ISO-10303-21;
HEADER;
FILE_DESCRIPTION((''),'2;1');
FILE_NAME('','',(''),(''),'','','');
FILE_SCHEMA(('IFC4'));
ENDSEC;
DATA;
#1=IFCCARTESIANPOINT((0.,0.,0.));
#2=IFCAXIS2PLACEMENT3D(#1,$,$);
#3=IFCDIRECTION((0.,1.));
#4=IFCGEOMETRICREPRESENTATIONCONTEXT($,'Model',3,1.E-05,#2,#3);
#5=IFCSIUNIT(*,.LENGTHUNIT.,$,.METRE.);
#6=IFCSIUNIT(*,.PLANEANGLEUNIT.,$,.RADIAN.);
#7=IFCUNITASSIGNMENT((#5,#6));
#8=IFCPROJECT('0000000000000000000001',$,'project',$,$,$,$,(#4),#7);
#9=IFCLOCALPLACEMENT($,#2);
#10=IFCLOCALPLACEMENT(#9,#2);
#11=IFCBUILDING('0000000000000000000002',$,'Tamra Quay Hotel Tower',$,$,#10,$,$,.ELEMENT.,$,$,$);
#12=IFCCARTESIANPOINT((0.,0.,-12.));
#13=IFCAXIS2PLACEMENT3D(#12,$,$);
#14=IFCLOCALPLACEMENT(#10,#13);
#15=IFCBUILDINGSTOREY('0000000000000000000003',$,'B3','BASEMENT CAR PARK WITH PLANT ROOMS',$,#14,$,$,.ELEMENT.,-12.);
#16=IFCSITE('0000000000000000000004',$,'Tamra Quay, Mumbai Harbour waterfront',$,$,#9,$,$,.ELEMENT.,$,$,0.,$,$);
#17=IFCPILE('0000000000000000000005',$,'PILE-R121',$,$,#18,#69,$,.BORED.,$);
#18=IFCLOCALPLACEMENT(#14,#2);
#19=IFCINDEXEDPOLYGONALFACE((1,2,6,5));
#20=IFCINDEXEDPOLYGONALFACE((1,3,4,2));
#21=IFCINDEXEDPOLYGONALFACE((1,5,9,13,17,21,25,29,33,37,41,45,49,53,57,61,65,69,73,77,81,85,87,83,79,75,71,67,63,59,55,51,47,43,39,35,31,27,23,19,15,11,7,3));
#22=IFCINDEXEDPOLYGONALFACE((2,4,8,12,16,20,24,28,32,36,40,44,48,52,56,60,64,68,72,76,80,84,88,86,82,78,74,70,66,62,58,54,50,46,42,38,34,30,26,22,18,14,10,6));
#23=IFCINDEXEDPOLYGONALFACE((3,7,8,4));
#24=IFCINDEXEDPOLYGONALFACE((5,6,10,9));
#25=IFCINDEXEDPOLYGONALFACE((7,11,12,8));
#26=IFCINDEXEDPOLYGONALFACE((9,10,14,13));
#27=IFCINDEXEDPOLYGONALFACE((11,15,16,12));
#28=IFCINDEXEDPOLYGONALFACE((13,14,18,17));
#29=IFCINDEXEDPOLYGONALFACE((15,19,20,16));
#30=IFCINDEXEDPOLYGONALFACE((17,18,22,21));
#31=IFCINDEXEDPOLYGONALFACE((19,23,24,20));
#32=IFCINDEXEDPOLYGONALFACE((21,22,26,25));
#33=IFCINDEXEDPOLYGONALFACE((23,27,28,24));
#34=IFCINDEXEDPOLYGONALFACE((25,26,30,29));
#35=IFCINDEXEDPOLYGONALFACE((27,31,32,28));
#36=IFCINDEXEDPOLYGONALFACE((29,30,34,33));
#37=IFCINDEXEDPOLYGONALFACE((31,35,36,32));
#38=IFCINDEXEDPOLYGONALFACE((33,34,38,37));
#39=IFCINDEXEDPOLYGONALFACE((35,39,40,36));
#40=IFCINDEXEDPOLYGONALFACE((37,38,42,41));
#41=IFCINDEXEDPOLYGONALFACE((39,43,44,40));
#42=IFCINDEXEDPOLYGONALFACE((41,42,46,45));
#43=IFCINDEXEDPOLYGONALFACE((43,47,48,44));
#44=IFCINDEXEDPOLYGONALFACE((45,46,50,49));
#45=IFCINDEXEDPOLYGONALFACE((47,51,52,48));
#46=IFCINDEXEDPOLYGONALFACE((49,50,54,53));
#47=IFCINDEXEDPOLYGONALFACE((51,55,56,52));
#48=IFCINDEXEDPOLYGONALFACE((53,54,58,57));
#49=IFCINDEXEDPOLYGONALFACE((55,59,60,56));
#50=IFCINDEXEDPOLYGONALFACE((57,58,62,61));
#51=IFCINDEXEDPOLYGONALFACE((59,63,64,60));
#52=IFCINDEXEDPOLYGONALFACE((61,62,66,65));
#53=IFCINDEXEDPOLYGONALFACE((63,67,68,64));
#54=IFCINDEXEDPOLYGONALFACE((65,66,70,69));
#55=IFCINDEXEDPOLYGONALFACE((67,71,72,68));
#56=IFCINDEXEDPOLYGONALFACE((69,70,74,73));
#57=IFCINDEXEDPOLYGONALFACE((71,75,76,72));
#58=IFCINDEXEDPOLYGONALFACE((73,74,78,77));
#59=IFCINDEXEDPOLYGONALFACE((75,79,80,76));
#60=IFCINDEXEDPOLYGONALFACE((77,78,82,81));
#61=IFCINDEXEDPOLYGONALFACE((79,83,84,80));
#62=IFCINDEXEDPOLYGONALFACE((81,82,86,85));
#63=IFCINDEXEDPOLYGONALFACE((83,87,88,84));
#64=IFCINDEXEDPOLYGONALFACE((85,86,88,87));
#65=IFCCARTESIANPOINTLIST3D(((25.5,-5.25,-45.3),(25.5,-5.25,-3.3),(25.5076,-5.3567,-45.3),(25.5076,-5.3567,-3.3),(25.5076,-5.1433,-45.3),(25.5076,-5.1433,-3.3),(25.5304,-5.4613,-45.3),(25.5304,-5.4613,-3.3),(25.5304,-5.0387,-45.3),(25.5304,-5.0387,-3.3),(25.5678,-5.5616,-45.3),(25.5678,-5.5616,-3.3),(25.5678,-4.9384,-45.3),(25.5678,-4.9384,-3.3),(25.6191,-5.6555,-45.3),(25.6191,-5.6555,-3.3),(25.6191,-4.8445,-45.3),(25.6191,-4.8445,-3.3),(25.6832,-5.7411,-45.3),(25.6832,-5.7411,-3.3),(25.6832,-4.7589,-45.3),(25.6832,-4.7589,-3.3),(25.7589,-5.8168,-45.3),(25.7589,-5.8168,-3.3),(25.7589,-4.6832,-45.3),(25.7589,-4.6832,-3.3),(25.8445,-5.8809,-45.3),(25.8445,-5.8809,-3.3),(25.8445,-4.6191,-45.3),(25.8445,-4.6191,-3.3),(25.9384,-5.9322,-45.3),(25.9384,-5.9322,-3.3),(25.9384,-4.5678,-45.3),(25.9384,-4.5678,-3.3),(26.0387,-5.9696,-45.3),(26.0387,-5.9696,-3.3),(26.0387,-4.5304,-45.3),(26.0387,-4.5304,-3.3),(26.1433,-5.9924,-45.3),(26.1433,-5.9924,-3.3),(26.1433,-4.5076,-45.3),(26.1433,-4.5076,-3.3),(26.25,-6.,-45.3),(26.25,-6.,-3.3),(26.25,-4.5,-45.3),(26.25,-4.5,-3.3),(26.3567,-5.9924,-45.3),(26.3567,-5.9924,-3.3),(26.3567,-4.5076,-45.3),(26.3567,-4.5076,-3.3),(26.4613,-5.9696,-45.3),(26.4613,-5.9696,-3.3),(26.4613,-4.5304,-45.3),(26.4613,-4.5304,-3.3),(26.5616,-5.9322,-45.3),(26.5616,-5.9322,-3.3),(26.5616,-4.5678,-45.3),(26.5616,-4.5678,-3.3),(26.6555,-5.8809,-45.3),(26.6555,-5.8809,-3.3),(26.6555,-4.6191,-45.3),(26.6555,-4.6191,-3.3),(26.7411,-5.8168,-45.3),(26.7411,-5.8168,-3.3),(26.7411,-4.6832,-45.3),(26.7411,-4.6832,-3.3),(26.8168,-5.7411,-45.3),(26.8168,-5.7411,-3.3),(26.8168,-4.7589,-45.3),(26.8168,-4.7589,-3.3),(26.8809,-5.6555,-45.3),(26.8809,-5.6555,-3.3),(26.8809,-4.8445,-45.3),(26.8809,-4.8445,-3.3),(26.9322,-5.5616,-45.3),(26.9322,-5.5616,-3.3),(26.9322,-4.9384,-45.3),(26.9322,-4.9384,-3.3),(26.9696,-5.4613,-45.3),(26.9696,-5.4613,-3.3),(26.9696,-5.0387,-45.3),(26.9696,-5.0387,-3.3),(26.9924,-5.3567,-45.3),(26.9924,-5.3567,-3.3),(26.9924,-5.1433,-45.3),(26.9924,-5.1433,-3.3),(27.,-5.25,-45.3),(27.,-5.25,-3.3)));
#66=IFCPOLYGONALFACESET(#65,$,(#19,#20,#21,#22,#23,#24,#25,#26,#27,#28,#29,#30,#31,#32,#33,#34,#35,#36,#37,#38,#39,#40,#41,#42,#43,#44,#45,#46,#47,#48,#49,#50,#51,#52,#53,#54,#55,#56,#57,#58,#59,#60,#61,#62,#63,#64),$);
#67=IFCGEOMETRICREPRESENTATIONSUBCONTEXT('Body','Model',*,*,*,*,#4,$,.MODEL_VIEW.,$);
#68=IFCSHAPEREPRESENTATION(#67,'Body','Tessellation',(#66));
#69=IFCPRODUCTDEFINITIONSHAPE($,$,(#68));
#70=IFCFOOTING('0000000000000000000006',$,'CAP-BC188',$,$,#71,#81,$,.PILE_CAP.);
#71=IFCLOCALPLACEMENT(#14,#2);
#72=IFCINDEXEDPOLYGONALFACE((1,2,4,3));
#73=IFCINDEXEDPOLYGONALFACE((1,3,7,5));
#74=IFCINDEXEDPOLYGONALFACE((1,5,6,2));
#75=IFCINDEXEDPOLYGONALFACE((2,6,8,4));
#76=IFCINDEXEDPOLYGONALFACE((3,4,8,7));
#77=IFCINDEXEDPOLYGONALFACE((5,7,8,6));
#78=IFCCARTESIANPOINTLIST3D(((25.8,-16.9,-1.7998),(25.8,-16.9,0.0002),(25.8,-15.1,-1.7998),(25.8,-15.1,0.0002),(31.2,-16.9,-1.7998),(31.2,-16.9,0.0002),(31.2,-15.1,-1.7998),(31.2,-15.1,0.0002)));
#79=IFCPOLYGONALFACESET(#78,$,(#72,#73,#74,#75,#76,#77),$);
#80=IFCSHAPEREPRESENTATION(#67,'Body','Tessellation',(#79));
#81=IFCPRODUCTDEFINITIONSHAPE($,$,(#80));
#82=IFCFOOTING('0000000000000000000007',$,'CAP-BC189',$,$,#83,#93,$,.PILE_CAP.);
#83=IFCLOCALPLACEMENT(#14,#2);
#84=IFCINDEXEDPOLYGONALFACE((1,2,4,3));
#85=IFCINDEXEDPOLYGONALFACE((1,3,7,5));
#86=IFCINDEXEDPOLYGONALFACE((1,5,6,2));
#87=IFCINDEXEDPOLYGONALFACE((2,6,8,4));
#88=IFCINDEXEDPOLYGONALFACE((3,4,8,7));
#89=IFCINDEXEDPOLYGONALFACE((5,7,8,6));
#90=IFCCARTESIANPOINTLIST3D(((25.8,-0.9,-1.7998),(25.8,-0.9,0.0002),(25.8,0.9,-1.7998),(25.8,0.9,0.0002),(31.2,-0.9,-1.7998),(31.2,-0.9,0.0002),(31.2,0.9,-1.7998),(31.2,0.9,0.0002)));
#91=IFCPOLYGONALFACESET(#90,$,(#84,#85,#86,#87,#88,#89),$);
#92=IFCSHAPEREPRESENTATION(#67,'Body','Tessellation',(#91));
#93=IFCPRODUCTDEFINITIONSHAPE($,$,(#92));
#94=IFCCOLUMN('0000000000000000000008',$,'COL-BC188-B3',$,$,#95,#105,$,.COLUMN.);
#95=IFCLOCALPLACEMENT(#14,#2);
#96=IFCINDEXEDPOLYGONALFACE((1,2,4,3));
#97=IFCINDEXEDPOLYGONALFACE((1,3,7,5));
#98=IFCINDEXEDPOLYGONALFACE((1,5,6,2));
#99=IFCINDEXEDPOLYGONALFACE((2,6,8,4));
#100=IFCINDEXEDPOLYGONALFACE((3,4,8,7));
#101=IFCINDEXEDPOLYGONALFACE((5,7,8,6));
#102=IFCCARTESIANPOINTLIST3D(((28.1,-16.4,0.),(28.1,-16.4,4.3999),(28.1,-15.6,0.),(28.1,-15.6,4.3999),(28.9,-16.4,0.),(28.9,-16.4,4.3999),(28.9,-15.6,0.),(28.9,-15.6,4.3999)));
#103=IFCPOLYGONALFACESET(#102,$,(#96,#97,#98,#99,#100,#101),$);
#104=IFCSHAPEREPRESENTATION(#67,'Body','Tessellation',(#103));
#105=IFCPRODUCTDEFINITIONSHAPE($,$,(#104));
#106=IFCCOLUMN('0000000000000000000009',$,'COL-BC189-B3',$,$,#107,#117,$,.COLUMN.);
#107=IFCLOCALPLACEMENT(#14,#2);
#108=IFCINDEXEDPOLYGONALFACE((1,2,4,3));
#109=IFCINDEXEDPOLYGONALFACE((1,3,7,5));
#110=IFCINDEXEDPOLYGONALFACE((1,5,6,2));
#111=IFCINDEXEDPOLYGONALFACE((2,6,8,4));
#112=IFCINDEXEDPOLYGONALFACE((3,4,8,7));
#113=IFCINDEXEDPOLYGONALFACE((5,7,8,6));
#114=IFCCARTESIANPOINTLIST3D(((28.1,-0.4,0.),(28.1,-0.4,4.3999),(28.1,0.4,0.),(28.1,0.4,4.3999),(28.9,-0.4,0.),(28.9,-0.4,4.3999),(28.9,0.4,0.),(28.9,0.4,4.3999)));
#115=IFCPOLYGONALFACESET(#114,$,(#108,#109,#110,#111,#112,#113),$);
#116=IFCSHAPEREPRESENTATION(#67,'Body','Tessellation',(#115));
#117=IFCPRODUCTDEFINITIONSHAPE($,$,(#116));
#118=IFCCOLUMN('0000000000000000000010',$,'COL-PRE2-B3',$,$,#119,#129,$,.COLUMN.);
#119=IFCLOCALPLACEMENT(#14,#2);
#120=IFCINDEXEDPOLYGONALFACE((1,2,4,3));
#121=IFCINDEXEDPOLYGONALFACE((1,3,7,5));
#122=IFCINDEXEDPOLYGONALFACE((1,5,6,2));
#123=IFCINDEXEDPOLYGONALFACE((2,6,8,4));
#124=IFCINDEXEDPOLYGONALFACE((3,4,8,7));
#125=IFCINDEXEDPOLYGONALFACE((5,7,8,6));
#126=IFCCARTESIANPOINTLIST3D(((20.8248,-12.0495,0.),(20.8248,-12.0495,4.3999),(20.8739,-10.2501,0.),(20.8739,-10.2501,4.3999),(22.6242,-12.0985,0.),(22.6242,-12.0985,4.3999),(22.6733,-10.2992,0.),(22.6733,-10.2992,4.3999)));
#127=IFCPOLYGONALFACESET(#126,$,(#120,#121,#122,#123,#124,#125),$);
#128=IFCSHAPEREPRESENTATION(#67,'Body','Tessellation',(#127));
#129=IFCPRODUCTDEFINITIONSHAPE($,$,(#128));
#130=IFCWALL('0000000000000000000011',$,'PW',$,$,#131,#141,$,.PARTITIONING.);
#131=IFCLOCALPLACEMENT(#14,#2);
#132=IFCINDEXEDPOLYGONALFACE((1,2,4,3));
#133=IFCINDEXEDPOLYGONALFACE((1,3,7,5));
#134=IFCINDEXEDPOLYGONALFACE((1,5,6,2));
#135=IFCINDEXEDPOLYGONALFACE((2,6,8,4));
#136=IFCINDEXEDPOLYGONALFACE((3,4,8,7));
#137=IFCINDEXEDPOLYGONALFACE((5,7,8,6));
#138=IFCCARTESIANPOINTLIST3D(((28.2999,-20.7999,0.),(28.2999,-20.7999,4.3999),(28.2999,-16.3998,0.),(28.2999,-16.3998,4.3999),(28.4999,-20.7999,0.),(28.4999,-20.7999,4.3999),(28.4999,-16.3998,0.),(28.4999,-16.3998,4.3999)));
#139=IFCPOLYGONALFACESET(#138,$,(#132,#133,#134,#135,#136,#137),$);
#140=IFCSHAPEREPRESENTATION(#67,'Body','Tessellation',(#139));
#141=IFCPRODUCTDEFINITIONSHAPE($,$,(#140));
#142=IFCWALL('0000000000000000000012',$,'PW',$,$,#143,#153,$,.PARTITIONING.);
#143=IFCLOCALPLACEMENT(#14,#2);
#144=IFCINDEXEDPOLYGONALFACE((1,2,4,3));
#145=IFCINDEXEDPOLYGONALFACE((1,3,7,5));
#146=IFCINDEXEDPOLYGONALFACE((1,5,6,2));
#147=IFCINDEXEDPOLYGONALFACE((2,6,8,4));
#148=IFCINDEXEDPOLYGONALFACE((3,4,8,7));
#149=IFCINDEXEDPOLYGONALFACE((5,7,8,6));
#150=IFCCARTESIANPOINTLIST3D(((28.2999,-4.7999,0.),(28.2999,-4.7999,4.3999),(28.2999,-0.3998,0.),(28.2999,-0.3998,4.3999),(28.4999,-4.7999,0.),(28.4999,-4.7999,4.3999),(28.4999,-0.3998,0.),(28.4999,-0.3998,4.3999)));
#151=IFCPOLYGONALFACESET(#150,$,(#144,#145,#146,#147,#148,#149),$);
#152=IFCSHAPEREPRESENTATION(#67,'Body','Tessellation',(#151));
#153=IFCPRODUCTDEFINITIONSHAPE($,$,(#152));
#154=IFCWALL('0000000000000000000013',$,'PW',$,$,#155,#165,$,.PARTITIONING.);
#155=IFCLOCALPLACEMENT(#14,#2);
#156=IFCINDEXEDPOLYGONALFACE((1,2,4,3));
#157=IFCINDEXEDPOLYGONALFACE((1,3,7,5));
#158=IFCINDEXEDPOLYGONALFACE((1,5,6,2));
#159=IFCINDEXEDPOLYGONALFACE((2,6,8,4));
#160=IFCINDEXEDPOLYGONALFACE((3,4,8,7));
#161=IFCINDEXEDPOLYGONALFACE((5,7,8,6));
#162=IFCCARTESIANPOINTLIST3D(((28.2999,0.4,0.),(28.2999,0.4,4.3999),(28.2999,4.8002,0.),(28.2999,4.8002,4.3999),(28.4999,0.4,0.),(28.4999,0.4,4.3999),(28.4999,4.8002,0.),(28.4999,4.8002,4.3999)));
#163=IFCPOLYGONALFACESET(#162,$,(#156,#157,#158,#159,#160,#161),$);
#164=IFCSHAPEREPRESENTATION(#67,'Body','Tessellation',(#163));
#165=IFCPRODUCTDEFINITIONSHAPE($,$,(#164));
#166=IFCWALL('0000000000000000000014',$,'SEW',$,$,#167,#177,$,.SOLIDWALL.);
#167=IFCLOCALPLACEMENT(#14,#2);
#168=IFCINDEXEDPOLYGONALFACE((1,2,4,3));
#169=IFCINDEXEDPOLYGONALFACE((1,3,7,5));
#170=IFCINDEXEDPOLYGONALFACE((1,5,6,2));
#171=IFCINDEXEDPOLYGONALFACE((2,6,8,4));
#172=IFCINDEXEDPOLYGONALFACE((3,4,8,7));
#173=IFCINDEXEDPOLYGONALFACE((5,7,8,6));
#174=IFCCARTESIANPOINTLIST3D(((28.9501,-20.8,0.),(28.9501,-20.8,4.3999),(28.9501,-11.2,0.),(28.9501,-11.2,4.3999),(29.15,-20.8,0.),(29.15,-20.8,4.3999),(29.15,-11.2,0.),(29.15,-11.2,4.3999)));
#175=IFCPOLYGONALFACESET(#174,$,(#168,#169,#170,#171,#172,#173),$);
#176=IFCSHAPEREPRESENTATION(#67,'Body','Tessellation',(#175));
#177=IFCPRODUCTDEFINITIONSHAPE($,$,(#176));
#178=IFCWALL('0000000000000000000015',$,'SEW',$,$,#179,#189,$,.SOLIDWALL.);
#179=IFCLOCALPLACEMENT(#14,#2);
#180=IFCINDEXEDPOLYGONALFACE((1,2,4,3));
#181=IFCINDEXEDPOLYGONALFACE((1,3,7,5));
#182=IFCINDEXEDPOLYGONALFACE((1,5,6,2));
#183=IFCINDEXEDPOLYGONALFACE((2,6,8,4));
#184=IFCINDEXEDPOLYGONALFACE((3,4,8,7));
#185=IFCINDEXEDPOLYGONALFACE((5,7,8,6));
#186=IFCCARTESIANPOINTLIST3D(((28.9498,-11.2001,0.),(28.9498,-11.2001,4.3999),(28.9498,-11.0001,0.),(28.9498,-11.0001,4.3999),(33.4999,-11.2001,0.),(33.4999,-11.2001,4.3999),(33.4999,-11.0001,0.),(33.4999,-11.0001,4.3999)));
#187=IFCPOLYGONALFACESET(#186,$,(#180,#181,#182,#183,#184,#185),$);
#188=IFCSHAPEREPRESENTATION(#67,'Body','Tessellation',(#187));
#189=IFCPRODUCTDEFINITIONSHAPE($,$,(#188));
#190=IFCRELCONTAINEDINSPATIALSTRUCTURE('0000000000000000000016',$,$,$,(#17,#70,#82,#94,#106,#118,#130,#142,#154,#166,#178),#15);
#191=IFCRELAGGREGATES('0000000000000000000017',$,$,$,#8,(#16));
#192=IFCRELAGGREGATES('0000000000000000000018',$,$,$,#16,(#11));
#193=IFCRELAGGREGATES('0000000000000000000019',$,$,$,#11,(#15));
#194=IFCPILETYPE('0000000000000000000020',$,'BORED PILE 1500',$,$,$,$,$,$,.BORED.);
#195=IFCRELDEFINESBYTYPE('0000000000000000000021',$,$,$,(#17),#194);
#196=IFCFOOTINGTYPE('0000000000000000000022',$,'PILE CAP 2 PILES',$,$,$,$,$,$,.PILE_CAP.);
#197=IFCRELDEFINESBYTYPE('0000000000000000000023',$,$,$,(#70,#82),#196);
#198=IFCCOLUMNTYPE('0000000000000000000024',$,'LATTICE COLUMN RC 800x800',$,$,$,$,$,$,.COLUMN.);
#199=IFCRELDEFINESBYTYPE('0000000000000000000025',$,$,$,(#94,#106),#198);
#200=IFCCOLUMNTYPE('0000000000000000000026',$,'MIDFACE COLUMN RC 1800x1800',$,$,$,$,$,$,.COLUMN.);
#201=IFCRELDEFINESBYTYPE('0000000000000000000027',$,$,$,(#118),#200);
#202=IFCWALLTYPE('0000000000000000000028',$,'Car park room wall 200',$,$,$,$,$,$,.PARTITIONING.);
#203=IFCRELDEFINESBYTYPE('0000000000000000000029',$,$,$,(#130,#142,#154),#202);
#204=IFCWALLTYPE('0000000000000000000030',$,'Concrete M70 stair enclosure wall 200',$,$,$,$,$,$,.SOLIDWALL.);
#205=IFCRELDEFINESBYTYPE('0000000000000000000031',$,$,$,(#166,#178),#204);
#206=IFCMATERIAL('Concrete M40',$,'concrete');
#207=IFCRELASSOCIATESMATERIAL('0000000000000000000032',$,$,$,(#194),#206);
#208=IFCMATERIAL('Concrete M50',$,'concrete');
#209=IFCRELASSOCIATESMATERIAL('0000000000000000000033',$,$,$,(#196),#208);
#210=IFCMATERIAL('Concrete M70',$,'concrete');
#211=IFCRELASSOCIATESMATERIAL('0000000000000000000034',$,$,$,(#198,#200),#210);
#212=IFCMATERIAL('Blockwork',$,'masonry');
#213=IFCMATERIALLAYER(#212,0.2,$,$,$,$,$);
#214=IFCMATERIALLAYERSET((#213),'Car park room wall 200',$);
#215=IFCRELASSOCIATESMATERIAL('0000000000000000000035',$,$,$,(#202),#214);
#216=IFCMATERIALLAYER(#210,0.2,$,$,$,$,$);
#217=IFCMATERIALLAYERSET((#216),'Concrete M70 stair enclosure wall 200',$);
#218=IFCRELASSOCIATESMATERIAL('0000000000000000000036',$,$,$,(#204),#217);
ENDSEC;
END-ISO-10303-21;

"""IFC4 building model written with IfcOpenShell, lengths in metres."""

from ifc_helpers import new_model, si_unit, direction, frame, frame_2d, origin, origin_2d, place, context, subcontext, project, spatial, rectangle, circle, extrude, material, layer, layer_set, material_profile, profile_set, type_object, element, save


model = new_model("IFC4")

# Units and contexts
model_context = context("Model", 3, precision=1e-05, world=origin(), true_north=direction((0.0, 1.0)))
body_context = subcontext(model_context, "Body", "Model", "MODEL_VIEW")
ifc_project = project(units=[si_unit("LENGTHUNIT", "METRE"), si_unit("PLANEANGLEUNIT", "RADIAN")], contexts=[model_context])

# Site, building, storey
site_placement = place(None, origin())
site = spatial("IfcSite", under=ifc_project, at=site_placement, Name="Tamra Quay, Mumbai Harbour waterfront", CompositionType="ELEMENT", RefElevation=0.0)
building_placement = place(site_placement, origin())
building = spatial("IfcBuilding", under=site, at=building_placement, Name="Tamra Quay Hotel Tower", CompositionType="ELEMENT")
storey_placement = place(building_placement, frame((0.0, 0.0, -12.0)))
storey = spatial("IfcBuildingStorey", under=building, at=storey_placement, Name="B3", Description="BASEMENT CAR PARK WITH PLANT ROOMS", CompositionType="ELEMENT", Elevation=-12.0)

# Pile
ifc_material_1 = material(Name="Concrete M40", Category="concrete")
ifc_material_profile_1 = material_profile(ifc_material_1, circle(Radius=0.75, at=origin_2d()), Name="BORED PILE 1500")
ifc_profile_set_1 = profile_set([ifc_material_profile_1], Name="Concrete M40")
pile_type_1 = type_object("IfcPileType", Name="BORED PILE 1500", PredefinedType="BORED", material=ifc_profile_set_1)
for number, where, z_axis, x_axis, name in (
    (1, (26.25, -5.25, -3.3), (0.0, 0.0, -1.0), (1.0, 0.0, 0.0), "PILE-R121"),
):
    element("IfcPile", number, at=place(storey_placement, frame(where, z_axis=z_axis, x_axis=x_axis)), inside=storey, type_object=pile_type_1, Name=name, PredefinedType="BORED", context=body_context, shape_type="SweptSolid", body=[
        extrude(circle(Radius=0.75, at=origin_2d()), origin(), (0.0, 0.0, 1.0), 42.0),
    ])

# Footings
ifc_material_2 = material(Name="Concrete M50", Category="concrete")
footing_type = type_object("IfcFootingType", Name="PILE CAP 2 PILES", PredefinedType="PILE_CAP", material=ifc_material_2)
for number, where, z_axis, x_axis, name in (
    (2, (28.5, -16.0, -1.7998), (0.0, 0.0, 1.0), (1.0, 0.0, 0.0), "CAP-BC188"),
    (3, (28.5, 0.0, -1.7998), (0.0, 0.0, 1.0), (1.0, 0.0, 0.0), "CAP-BC189"),
):
    element("IfcFooting", number, at=place(storey_placement, frame(where, z_axis=z_axis, x_axis=x_axis)), inside=storey, type_object=footing_type, Name=name, PredefinedType="PILE_CAP", context=body_context, shape_type="SweptSolid", body=[
        extrude(rectangle(XDim=5.3999, YDim=1.8, at=origin_2d()), origin(), (0.0, 0.0, 1.0), 1.8),
    ])

# Columns
ifc_material_3 = material(Name="Concrete M70", Category="concrete")
ifc_material_profile_2 = material_profile(ifc_material_3, rectangle(XDim=0.8, YDim=0.8, at=origin_2d()), Name="LATTICE COLUMN RC 800x800")
ifc_profile_set_2 = profile_set([ifc_material_profile_2], Name="Concrete M70")
column_type_1 = type_object("IfcColumnType", Name="LATTICE COLUMN RC 800x800", PredefinedType="COLUMN", material=ifc_profile_set_2)
for number, where, z_axis, x_axis, name in (
    (4, (28.5, -16.0, 0.0), (0.0, 0.0, 1.0), (1.0, 0.0, 0.0), "COL-BC188-B3"),
    (5, (28.5, 0.0, 0.0), (0.0, 0.0, 1.0), (1.0, 0.0, 0.0), "COL-BC189-B3"),
):
    element("IfcColumn", number, at=place(storey_placement, frame(where, z_axis=z_axis, x_axis=x_axis)), inside=storey, type_object=column_type_1, Name=name, PredefinedType="COLUMN", context=body_context, shape_type="SweptSolid", body=[
        extrude(rectangle(XDim=0.8, YDim=0.8, at=origin_2d()), origin(), (0.0, 0.0, 1.0), 4.3999),
    ])
ifc_material_profile_3 = material_profile(ifc_material_3, rectangle(XDim=1.8, YDim=1.8, at=origin_2d()), Name="MIDFACE COLUMN RC 1800x1800")
ifc_profile_set_3 = profile_set([ifc_material_profile_3], Name="Concrete M70")
column_type_2 = type_object("IfcColumnType", Name="MIDFACE COLUMN RC 1800x1800", PredefinedType="COLUMN", material=ifc_profile_set_3)
column_placement = place(storey_placement, frame((21.749, -11.1743, 0.0), z_axis=(0.0, 0.0, 1.0), x_axis=(-0.999628, 0.027269, 0.0)))
element("IfcColumn", 6, at=column_placement, inside=storey, type_object=column_type_2, Name="COL-PRE2-B3", PredefinedType="COLUMN", context=body_context, shape_type="SweptSolid", body=[
    extrude(rectangle(XDim=1.8, YDim=1.8, at=origin_2d()), origin(), (0.0, 0.0, 1.0), 4.3999),
])

# Walls
ifc_material_4 = material(Name="Blockwork", Category="masonry")
ifc_layer_1 = layer(ifc_material_4, 0.2)
ifc_layer_set_1 = layer_set([ifc_layer_1], Name="Car park room wall 200")
wall_type_1 = type_object("IfcWallType", Name="Car park room wall 200", PredefinedType="PARTITIONING", material=ifc_layer_set_1)
for number, where, z_axis, x_axis, name in (
    (7, (28.3999, -20.8, 0.0), (0.0, 0.0, 1.0), (0.0, 1.0, 0.0), "PW"),
    (8, (28.3999, -4.8, 0.0), (0.0, 0.0, 1.0), (0.0, 1.0, 0.0), "PW"),
    (9, (28.3999, 0.3999, 0.0), (0.0, 0.0, 1.0), (0.0, 1.0, 0.0), "PW"),
):
    element("IfcWall", number, at=place(storey_placement, frame(where, z_axis=z_axis, x_axis=x_axis)), inside=storey, type_object=wall_type_1, Name=name, PredefinedType="PARTITIONING", context=body_context, shape_type="SweptSolid", body=[
        extrude(rectangle(XDim=4.4001, YDim=0.2, at=frame_2d((2.2002, 0.0))), origin(), (0.0, 0.0, 1.0), 4.3999),
    ])
ifc_layer_2 = layer(ifc_material_3, 0.2)
ifc_layer_set_2 = layer_set([ifc_layer_2], Name="Concrete M70 stair enclosure wall 200")
wall_type_2 = type_object("IfcWallType", Name="Concrete M70 stair enclosure wall 200", PredefinedType="SOLIDWALL", material=ifc_layer_set_2)
wall_1_placement = place(storey_placement, frame((29.05, -20.8, 0.0), z_axis=(0.0, 0.0, 1.0), x_axis=(0.0, 1.0, 0.0)))
element("IfcWall", 10, at=wall_1_placement, inside=storey, type_object=wall_type_2, Name="SEW", PredefinedType="SOLIDWALL", context=body_context, shape_type="SweptSolid", body=[
    extrude(rectangle(XDim=9.6001, YDim=0.2, at=frame_2d((4.8, 0.0))), origin(), (0.0, 0.0, 1.0), 4.3999),
])
wall_2_placement = place(storey_placement, frame((28.95, -11.1001, 0.0), z_axis=(0.0, 0.0, 1.0), x_axis=(1.0, 0.0, 0.0)))
element("IfcWall", 11, at=wall_2_placement, inside=storey, type_object=wall_type_2, Name="SEW", PredefinedType="SOLIDWALL", context=body_context, shape_type="SweptSolid", body=[
    extrude(rectangle(XDim=4.55, YDim=0.2, at=frame_2d((2.2749, 0.0))), origin(), (0.0, 0.0, 1.0), 4.3999),
])

save(model, "model.ifc")
